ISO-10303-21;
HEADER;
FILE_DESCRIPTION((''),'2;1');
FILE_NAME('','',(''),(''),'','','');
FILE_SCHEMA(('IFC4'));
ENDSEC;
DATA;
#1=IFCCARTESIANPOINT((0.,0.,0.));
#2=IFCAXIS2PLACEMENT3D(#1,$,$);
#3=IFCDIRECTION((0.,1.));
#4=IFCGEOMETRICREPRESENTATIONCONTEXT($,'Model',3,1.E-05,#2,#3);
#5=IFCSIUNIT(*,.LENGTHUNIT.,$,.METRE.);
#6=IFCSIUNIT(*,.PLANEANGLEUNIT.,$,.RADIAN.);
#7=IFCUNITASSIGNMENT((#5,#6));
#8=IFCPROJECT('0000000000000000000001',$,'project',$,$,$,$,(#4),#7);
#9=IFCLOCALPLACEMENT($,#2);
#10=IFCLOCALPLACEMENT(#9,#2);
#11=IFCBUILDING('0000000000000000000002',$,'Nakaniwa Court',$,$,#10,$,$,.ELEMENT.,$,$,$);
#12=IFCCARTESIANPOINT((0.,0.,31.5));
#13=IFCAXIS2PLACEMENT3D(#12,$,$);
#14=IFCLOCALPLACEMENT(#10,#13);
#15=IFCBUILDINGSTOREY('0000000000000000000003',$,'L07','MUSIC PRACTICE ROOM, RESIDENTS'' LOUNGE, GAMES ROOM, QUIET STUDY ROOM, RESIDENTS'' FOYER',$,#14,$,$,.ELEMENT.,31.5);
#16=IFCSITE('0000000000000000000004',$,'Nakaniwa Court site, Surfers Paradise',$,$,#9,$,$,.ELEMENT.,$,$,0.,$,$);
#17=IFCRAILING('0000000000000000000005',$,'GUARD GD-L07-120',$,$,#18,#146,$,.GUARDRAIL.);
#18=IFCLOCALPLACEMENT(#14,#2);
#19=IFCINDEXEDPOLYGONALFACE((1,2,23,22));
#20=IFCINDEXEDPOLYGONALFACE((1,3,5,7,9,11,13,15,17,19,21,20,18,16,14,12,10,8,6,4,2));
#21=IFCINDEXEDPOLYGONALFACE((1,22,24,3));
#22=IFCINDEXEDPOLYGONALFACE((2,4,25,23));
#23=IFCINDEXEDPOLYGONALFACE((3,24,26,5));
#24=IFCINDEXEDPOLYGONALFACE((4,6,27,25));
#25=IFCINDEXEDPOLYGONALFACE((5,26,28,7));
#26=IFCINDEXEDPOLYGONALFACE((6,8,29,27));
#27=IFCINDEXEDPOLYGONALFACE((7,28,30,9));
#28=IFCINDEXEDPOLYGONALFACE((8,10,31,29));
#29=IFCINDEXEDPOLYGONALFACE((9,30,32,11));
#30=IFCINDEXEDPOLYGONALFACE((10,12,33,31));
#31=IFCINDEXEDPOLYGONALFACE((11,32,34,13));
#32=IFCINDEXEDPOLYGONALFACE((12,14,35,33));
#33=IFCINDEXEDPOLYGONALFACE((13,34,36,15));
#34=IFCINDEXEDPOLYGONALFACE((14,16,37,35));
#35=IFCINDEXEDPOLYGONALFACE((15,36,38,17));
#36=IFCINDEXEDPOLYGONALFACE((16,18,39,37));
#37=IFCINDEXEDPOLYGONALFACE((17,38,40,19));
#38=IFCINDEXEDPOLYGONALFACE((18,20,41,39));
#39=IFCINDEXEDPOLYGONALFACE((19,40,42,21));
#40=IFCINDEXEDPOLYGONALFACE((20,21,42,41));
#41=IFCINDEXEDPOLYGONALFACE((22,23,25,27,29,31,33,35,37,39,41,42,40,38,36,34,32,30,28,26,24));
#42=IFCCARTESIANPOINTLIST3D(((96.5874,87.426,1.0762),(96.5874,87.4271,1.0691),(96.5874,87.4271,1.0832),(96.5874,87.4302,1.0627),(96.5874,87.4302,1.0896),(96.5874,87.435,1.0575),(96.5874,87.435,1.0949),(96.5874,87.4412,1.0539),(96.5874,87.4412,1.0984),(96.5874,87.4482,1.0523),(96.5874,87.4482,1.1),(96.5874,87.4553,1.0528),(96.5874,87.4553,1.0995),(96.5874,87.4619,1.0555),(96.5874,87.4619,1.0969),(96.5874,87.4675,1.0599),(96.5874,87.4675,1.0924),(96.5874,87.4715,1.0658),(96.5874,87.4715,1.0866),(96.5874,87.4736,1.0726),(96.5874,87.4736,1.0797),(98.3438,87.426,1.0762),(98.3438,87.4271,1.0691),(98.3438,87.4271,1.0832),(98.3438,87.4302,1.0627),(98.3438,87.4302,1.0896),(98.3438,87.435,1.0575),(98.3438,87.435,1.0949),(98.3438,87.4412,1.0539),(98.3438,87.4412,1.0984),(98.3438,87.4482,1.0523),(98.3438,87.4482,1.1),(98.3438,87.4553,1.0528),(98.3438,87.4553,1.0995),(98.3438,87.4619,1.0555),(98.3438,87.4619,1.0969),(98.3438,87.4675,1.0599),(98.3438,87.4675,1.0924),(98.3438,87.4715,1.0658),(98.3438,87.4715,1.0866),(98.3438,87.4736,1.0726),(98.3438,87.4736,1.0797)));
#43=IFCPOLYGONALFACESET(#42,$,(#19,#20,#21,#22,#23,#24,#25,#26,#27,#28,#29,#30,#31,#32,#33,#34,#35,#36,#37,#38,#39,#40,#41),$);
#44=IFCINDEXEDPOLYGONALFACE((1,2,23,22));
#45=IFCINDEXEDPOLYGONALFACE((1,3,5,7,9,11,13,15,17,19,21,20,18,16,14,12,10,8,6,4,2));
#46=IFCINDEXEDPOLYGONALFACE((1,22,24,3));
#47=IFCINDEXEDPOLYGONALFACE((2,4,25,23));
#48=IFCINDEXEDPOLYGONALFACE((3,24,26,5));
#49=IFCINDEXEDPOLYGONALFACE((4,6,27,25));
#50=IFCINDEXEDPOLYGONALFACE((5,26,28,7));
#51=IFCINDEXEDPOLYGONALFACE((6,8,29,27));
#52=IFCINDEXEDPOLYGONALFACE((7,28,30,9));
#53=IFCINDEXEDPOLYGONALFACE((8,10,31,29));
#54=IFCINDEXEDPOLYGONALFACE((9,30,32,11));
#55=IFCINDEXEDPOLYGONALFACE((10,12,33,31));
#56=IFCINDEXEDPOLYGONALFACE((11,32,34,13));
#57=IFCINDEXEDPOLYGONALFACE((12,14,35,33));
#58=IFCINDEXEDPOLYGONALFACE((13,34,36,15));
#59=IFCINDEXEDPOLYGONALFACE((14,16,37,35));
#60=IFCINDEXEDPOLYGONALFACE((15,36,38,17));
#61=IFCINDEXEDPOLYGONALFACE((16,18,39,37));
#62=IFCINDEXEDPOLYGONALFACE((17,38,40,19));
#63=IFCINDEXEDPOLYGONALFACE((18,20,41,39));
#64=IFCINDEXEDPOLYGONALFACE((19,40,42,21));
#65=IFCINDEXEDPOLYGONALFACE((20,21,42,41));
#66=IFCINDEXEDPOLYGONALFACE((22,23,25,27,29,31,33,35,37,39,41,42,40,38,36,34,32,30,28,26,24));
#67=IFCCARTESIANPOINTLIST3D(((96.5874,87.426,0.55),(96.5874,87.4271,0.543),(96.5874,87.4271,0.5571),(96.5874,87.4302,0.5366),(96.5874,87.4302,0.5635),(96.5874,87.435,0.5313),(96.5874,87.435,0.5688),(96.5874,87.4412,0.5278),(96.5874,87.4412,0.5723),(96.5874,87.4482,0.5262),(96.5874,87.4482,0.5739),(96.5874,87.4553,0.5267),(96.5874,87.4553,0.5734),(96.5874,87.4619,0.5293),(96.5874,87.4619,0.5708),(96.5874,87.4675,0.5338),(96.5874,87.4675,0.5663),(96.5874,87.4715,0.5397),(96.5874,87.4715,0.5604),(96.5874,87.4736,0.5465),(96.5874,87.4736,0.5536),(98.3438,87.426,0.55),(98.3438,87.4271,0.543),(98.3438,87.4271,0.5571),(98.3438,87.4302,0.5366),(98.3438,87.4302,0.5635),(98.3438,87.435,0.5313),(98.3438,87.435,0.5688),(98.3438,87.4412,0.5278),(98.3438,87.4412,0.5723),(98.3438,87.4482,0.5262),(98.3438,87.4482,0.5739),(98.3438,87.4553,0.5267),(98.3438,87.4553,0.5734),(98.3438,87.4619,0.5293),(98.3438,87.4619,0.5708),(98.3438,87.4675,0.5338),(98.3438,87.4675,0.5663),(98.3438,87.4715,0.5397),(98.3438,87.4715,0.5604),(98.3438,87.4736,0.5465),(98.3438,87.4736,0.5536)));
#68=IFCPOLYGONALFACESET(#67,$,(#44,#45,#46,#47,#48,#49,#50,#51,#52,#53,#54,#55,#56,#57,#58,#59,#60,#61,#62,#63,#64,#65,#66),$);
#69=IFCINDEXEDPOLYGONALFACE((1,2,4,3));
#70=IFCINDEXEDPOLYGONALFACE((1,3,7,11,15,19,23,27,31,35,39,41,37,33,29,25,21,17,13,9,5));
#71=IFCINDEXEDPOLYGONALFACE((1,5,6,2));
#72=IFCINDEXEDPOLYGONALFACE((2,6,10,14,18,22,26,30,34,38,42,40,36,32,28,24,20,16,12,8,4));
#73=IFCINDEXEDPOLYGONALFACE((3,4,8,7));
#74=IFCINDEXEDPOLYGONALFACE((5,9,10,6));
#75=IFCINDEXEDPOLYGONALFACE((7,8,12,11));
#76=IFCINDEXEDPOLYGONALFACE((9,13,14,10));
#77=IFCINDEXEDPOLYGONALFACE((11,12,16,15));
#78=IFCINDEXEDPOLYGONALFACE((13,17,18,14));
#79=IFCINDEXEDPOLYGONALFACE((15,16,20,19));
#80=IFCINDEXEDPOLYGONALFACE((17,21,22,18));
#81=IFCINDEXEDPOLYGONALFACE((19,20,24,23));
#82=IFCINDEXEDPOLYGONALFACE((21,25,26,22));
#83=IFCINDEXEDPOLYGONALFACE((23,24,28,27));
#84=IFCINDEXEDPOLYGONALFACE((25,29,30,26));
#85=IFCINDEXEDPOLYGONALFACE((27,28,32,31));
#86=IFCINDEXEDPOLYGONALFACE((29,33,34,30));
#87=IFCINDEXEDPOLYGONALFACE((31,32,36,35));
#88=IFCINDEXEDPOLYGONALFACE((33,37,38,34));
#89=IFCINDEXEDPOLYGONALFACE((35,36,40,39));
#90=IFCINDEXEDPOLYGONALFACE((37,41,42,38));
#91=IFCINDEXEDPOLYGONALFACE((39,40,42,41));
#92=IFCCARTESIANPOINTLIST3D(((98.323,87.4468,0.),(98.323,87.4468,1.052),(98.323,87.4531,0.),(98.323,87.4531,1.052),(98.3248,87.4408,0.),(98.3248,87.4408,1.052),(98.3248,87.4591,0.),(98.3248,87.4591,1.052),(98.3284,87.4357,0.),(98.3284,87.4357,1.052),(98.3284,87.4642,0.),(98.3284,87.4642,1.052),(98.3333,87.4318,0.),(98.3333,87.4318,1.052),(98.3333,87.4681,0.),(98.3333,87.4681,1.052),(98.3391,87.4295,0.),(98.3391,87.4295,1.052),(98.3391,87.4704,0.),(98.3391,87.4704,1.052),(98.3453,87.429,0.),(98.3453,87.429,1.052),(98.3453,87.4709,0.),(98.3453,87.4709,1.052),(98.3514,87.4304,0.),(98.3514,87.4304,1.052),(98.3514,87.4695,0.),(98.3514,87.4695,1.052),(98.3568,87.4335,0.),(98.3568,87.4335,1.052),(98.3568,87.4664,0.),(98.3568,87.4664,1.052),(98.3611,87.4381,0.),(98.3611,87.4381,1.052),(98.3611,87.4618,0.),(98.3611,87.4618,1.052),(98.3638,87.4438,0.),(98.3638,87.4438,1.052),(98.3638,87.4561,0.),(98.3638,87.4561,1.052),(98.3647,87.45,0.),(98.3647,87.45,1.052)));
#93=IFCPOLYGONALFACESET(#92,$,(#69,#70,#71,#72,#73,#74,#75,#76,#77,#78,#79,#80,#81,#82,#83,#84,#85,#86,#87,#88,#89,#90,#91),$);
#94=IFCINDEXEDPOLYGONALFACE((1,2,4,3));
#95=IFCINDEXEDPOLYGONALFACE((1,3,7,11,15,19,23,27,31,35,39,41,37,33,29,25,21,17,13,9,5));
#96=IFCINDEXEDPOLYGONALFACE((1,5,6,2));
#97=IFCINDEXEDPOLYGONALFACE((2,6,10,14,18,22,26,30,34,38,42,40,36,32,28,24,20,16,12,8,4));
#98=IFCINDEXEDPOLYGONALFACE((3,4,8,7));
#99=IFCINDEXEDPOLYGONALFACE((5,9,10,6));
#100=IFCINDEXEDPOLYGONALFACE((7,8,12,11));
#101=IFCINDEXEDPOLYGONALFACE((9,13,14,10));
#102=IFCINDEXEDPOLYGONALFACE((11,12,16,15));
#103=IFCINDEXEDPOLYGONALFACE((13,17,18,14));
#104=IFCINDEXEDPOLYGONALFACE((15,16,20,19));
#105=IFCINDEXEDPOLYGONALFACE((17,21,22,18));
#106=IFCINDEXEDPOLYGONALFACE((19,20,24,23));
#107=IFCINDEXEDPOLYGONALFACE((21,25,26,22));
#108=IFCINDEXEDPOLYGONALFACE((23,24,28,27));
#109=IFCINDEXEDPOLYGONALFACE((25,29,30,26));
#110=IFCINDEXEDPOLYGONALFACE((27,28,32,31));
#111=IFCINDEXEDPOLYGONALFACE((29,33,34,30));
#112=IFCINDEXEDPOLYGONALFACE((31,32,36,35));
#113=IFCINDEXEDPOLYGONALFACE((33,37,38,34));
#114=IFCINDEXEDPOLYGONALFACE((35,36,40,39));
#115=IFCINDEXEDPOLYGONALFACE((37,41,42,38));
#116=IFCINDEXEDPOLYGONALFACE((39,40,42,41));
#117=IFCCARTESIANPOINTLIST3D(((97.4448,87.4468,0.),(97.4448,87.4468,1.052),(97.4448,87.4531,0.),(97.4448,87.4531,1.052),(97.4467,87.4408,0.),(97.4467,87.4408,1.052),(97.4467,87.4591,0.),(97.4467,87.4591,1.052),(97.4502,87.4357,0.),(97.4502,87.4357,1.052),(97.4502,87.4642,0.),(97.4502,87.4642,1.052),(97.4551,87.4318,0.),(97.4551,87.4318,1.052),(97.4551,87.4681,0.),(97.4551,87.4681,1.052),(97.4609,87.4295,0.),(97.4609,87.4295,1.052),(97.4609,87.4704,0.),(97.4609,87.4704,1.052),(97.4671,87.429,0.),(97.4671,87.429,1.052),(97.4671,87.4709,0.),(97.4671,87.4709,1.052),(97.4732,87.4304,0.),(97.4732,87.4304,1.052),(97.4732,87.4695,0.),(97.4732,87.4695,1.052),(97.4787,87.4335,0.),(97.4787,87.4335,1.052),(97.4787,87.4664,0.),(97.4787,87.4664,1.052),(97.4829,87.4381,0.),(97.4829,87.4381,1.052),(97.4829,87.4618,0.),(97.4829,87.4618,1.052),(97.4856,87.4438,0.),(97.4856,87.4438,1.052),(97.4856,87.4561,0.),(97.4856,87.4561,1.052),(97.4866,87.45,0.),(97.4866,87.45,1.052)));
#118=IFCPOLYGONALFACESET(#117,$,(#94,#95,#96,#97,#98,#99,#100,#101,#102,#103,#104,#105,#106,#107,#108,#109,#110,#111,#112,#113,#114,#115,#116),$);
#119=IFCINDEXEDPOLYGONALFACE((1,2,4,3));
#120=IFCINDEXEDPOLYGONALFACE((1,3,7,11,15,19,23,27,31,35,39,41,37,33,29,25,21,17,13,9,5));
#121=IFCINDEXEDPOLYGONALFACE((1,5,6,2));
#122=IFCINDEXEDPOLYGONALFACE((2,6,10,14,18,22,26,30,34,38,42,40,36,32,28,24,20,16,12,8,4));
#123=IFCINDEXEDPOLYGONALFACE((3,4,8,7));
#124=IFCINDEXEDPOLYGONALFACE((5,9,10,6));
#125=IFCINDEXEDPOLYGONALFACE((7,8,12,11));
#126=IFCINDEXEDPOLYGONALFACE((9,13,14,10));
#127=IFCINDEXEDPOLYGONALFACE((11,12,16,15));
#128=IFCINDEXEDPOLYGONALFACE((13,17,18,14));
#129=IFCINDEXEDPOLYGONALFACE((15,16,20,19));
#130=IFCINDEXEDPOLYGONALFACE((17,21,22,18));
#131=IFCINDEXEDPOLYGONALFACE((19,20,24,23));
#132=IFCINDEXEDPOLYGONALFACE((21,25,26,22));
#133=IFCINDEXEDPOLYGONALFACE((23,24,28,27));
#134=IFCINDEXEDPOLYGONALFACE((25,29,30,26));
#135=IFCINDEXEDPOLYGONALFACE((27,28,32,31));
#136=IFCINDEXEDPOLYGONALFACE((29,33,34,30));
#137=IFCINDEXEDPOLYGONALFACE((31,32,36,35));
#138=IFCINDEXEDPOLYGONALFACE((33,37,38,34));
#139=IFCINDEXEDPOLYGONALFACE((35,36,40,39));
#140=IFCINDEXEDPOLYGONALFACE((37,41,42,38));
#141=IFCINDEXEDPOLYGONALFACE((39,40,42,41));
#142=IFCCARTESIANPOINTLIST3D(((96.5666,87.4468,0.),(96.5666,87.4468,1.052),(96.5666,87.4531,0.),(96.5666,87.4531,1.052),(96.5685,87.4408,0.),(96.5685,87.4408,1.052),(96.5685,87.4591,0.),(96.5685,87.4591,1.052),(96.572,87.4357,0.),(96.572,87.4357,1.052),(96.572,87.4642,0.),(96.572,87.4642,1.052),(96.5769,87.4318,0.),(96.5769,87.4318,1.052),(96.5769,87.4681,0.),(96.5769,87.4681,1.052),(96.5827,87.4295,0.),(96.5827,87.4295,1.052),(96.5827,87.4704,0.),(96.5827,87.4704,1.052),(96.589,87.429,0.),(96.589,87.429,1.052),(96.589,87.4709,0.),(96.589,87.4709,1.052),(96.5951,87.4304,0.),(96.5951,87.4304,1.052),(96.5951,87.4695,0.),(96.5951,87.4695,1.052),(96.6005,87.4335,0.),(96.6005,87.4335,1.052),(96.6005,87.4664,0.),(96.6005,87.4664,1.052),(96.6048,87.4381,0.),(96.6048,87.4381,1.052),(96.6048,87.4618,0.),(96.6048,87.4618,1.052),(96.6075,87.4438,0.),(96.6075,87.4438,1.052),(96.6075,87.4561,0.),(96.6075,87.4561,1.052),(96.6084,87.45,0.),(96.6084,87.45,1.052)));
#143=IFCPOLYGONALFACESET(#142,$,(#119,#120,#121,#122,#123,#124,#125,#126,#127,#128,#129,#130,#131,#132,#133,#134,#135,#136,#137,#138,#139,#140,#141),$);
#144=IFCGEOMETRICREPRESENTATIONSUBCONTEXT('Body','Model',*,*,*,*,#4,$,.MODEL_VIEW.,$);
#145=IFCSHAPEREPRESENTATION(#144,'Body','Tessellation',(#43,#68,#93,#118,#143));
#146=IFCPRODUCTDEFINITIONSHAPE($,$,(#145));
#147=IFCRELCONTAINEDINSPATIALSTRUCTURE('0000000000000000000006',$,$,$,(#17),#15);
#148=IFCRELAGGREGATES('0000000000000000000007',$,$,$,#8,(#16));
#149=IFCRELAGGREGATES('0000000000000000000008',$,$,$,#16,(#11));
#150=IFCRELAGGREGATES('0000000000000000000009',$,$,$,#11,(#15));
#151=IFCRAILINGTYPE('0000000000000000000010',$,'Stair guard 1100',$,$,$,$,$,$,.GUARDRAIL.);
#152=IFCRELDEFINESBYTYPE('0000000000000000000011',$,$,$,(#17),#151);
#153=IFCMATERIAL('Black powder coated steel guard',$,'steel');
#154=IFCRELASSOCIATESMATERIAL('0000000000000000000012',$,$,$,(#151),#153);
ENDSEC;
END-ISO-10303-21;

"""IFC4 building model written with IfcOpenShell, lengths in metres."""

from ifc_helpers import new_model, si_unit, direction, frame, origin, origin_2d, place, context, subcontext, project, spatial, circle, extrude, material, type_object, element, save


model = new_model("IFC4")

# Units and contexts
model_context = context("Model", 3, precision=1e-05, world=origin(), true_north=direction((0.0, 1.0)))
body_context = subcontext(model_context, "Body", "Model", "MODEL_VIEW")
ifc_project = project(units=[si_unit("LENGTHUNIT", "METRE"), si_unit("PLANEANGLEUNIT", "RADIAN")], contexts=[model_context])

# Site, building, storey
site_placement = place(None, origin())
site = spatial("IfcSite", under=ifc_project, at=site_placement, Name="Nakaniwa Court site, Surfers Paradise", CompositionType="ELEMENT", RefElevation=0.0)
building_placement = place(site_placement, origin())
building = spatial("IfcBuilding", under=site, at=building_placement, Name="Nakaniwa Court", CompositionType="ELEMENT")
storey_placement = place(building_placement, frame((0.0, 0.0, 31.5)))
storey = spatial("IfcBuildingStorey", under=building, at=storey_placement, Name="L07", Description="MUSIC PRACTICE ROOM, RESIDENTS' LOUNGE, GAMES ROOM, QUIET STUDY ROOM, RESIDENTS' FOYER", CompositionType="ELEMENT", Elevation=31.5)

# Railing
ifc_material_1 = material(Name="Black powder coated steel guard", Category="steel")
railing_type = type_object("IfcRailingType", Name="Stair guard 1100", PredefinedType="GUARDRAIL", material=ifc_material_1)
railing_1_placement = place(storey_placement, frame((98.3438, 87.45, 0.0)))
element("IfcRailing", 1, at=railing_1_placement, inside=storey, type_object=railing_type, Name="GUARD GD-L07-120", PredefinedType="GUARDRAIL", context=body_context, shape_type="SweptSolid", body=[
    extrude(circle(Radius=0.0239, at=origin_2d()), frame((0.0, 0.0, 1.0762), z_axis=(-1.0, 0.0, 0.0), x_axis=(0.0, -1.0, 0.0)), (0.0, 0.0, 1.0), 1.7563),
    extrude(circle(Radius=0.0239, at=origin_2d()), frame((0.0, 0.0, 0.55), z_axis=(-1.0, 0.0, 0.0), x_axis=(0.0, -1.0, 0.0)), (0.0, 0.0, 1.0), 1.7563),
    extrude(circle(Radius=0.021, at=origin_2d()), origin(), (0.0, 0.0, 1.0), 1.052),
    extrude(circle(Radius=0.021, at=origin_2d()), frame((-0.8782, 0.0, 0.0)), (0.0, 0.0, 1.0), 1.052),
    extrude(circle(Radius=0.021, at=origin_2d()), frame((-1.7563, 0.0, 0.0)), (0.0, 0.0, 1.0), 1.052),
])

save(model, "model.ifc")
